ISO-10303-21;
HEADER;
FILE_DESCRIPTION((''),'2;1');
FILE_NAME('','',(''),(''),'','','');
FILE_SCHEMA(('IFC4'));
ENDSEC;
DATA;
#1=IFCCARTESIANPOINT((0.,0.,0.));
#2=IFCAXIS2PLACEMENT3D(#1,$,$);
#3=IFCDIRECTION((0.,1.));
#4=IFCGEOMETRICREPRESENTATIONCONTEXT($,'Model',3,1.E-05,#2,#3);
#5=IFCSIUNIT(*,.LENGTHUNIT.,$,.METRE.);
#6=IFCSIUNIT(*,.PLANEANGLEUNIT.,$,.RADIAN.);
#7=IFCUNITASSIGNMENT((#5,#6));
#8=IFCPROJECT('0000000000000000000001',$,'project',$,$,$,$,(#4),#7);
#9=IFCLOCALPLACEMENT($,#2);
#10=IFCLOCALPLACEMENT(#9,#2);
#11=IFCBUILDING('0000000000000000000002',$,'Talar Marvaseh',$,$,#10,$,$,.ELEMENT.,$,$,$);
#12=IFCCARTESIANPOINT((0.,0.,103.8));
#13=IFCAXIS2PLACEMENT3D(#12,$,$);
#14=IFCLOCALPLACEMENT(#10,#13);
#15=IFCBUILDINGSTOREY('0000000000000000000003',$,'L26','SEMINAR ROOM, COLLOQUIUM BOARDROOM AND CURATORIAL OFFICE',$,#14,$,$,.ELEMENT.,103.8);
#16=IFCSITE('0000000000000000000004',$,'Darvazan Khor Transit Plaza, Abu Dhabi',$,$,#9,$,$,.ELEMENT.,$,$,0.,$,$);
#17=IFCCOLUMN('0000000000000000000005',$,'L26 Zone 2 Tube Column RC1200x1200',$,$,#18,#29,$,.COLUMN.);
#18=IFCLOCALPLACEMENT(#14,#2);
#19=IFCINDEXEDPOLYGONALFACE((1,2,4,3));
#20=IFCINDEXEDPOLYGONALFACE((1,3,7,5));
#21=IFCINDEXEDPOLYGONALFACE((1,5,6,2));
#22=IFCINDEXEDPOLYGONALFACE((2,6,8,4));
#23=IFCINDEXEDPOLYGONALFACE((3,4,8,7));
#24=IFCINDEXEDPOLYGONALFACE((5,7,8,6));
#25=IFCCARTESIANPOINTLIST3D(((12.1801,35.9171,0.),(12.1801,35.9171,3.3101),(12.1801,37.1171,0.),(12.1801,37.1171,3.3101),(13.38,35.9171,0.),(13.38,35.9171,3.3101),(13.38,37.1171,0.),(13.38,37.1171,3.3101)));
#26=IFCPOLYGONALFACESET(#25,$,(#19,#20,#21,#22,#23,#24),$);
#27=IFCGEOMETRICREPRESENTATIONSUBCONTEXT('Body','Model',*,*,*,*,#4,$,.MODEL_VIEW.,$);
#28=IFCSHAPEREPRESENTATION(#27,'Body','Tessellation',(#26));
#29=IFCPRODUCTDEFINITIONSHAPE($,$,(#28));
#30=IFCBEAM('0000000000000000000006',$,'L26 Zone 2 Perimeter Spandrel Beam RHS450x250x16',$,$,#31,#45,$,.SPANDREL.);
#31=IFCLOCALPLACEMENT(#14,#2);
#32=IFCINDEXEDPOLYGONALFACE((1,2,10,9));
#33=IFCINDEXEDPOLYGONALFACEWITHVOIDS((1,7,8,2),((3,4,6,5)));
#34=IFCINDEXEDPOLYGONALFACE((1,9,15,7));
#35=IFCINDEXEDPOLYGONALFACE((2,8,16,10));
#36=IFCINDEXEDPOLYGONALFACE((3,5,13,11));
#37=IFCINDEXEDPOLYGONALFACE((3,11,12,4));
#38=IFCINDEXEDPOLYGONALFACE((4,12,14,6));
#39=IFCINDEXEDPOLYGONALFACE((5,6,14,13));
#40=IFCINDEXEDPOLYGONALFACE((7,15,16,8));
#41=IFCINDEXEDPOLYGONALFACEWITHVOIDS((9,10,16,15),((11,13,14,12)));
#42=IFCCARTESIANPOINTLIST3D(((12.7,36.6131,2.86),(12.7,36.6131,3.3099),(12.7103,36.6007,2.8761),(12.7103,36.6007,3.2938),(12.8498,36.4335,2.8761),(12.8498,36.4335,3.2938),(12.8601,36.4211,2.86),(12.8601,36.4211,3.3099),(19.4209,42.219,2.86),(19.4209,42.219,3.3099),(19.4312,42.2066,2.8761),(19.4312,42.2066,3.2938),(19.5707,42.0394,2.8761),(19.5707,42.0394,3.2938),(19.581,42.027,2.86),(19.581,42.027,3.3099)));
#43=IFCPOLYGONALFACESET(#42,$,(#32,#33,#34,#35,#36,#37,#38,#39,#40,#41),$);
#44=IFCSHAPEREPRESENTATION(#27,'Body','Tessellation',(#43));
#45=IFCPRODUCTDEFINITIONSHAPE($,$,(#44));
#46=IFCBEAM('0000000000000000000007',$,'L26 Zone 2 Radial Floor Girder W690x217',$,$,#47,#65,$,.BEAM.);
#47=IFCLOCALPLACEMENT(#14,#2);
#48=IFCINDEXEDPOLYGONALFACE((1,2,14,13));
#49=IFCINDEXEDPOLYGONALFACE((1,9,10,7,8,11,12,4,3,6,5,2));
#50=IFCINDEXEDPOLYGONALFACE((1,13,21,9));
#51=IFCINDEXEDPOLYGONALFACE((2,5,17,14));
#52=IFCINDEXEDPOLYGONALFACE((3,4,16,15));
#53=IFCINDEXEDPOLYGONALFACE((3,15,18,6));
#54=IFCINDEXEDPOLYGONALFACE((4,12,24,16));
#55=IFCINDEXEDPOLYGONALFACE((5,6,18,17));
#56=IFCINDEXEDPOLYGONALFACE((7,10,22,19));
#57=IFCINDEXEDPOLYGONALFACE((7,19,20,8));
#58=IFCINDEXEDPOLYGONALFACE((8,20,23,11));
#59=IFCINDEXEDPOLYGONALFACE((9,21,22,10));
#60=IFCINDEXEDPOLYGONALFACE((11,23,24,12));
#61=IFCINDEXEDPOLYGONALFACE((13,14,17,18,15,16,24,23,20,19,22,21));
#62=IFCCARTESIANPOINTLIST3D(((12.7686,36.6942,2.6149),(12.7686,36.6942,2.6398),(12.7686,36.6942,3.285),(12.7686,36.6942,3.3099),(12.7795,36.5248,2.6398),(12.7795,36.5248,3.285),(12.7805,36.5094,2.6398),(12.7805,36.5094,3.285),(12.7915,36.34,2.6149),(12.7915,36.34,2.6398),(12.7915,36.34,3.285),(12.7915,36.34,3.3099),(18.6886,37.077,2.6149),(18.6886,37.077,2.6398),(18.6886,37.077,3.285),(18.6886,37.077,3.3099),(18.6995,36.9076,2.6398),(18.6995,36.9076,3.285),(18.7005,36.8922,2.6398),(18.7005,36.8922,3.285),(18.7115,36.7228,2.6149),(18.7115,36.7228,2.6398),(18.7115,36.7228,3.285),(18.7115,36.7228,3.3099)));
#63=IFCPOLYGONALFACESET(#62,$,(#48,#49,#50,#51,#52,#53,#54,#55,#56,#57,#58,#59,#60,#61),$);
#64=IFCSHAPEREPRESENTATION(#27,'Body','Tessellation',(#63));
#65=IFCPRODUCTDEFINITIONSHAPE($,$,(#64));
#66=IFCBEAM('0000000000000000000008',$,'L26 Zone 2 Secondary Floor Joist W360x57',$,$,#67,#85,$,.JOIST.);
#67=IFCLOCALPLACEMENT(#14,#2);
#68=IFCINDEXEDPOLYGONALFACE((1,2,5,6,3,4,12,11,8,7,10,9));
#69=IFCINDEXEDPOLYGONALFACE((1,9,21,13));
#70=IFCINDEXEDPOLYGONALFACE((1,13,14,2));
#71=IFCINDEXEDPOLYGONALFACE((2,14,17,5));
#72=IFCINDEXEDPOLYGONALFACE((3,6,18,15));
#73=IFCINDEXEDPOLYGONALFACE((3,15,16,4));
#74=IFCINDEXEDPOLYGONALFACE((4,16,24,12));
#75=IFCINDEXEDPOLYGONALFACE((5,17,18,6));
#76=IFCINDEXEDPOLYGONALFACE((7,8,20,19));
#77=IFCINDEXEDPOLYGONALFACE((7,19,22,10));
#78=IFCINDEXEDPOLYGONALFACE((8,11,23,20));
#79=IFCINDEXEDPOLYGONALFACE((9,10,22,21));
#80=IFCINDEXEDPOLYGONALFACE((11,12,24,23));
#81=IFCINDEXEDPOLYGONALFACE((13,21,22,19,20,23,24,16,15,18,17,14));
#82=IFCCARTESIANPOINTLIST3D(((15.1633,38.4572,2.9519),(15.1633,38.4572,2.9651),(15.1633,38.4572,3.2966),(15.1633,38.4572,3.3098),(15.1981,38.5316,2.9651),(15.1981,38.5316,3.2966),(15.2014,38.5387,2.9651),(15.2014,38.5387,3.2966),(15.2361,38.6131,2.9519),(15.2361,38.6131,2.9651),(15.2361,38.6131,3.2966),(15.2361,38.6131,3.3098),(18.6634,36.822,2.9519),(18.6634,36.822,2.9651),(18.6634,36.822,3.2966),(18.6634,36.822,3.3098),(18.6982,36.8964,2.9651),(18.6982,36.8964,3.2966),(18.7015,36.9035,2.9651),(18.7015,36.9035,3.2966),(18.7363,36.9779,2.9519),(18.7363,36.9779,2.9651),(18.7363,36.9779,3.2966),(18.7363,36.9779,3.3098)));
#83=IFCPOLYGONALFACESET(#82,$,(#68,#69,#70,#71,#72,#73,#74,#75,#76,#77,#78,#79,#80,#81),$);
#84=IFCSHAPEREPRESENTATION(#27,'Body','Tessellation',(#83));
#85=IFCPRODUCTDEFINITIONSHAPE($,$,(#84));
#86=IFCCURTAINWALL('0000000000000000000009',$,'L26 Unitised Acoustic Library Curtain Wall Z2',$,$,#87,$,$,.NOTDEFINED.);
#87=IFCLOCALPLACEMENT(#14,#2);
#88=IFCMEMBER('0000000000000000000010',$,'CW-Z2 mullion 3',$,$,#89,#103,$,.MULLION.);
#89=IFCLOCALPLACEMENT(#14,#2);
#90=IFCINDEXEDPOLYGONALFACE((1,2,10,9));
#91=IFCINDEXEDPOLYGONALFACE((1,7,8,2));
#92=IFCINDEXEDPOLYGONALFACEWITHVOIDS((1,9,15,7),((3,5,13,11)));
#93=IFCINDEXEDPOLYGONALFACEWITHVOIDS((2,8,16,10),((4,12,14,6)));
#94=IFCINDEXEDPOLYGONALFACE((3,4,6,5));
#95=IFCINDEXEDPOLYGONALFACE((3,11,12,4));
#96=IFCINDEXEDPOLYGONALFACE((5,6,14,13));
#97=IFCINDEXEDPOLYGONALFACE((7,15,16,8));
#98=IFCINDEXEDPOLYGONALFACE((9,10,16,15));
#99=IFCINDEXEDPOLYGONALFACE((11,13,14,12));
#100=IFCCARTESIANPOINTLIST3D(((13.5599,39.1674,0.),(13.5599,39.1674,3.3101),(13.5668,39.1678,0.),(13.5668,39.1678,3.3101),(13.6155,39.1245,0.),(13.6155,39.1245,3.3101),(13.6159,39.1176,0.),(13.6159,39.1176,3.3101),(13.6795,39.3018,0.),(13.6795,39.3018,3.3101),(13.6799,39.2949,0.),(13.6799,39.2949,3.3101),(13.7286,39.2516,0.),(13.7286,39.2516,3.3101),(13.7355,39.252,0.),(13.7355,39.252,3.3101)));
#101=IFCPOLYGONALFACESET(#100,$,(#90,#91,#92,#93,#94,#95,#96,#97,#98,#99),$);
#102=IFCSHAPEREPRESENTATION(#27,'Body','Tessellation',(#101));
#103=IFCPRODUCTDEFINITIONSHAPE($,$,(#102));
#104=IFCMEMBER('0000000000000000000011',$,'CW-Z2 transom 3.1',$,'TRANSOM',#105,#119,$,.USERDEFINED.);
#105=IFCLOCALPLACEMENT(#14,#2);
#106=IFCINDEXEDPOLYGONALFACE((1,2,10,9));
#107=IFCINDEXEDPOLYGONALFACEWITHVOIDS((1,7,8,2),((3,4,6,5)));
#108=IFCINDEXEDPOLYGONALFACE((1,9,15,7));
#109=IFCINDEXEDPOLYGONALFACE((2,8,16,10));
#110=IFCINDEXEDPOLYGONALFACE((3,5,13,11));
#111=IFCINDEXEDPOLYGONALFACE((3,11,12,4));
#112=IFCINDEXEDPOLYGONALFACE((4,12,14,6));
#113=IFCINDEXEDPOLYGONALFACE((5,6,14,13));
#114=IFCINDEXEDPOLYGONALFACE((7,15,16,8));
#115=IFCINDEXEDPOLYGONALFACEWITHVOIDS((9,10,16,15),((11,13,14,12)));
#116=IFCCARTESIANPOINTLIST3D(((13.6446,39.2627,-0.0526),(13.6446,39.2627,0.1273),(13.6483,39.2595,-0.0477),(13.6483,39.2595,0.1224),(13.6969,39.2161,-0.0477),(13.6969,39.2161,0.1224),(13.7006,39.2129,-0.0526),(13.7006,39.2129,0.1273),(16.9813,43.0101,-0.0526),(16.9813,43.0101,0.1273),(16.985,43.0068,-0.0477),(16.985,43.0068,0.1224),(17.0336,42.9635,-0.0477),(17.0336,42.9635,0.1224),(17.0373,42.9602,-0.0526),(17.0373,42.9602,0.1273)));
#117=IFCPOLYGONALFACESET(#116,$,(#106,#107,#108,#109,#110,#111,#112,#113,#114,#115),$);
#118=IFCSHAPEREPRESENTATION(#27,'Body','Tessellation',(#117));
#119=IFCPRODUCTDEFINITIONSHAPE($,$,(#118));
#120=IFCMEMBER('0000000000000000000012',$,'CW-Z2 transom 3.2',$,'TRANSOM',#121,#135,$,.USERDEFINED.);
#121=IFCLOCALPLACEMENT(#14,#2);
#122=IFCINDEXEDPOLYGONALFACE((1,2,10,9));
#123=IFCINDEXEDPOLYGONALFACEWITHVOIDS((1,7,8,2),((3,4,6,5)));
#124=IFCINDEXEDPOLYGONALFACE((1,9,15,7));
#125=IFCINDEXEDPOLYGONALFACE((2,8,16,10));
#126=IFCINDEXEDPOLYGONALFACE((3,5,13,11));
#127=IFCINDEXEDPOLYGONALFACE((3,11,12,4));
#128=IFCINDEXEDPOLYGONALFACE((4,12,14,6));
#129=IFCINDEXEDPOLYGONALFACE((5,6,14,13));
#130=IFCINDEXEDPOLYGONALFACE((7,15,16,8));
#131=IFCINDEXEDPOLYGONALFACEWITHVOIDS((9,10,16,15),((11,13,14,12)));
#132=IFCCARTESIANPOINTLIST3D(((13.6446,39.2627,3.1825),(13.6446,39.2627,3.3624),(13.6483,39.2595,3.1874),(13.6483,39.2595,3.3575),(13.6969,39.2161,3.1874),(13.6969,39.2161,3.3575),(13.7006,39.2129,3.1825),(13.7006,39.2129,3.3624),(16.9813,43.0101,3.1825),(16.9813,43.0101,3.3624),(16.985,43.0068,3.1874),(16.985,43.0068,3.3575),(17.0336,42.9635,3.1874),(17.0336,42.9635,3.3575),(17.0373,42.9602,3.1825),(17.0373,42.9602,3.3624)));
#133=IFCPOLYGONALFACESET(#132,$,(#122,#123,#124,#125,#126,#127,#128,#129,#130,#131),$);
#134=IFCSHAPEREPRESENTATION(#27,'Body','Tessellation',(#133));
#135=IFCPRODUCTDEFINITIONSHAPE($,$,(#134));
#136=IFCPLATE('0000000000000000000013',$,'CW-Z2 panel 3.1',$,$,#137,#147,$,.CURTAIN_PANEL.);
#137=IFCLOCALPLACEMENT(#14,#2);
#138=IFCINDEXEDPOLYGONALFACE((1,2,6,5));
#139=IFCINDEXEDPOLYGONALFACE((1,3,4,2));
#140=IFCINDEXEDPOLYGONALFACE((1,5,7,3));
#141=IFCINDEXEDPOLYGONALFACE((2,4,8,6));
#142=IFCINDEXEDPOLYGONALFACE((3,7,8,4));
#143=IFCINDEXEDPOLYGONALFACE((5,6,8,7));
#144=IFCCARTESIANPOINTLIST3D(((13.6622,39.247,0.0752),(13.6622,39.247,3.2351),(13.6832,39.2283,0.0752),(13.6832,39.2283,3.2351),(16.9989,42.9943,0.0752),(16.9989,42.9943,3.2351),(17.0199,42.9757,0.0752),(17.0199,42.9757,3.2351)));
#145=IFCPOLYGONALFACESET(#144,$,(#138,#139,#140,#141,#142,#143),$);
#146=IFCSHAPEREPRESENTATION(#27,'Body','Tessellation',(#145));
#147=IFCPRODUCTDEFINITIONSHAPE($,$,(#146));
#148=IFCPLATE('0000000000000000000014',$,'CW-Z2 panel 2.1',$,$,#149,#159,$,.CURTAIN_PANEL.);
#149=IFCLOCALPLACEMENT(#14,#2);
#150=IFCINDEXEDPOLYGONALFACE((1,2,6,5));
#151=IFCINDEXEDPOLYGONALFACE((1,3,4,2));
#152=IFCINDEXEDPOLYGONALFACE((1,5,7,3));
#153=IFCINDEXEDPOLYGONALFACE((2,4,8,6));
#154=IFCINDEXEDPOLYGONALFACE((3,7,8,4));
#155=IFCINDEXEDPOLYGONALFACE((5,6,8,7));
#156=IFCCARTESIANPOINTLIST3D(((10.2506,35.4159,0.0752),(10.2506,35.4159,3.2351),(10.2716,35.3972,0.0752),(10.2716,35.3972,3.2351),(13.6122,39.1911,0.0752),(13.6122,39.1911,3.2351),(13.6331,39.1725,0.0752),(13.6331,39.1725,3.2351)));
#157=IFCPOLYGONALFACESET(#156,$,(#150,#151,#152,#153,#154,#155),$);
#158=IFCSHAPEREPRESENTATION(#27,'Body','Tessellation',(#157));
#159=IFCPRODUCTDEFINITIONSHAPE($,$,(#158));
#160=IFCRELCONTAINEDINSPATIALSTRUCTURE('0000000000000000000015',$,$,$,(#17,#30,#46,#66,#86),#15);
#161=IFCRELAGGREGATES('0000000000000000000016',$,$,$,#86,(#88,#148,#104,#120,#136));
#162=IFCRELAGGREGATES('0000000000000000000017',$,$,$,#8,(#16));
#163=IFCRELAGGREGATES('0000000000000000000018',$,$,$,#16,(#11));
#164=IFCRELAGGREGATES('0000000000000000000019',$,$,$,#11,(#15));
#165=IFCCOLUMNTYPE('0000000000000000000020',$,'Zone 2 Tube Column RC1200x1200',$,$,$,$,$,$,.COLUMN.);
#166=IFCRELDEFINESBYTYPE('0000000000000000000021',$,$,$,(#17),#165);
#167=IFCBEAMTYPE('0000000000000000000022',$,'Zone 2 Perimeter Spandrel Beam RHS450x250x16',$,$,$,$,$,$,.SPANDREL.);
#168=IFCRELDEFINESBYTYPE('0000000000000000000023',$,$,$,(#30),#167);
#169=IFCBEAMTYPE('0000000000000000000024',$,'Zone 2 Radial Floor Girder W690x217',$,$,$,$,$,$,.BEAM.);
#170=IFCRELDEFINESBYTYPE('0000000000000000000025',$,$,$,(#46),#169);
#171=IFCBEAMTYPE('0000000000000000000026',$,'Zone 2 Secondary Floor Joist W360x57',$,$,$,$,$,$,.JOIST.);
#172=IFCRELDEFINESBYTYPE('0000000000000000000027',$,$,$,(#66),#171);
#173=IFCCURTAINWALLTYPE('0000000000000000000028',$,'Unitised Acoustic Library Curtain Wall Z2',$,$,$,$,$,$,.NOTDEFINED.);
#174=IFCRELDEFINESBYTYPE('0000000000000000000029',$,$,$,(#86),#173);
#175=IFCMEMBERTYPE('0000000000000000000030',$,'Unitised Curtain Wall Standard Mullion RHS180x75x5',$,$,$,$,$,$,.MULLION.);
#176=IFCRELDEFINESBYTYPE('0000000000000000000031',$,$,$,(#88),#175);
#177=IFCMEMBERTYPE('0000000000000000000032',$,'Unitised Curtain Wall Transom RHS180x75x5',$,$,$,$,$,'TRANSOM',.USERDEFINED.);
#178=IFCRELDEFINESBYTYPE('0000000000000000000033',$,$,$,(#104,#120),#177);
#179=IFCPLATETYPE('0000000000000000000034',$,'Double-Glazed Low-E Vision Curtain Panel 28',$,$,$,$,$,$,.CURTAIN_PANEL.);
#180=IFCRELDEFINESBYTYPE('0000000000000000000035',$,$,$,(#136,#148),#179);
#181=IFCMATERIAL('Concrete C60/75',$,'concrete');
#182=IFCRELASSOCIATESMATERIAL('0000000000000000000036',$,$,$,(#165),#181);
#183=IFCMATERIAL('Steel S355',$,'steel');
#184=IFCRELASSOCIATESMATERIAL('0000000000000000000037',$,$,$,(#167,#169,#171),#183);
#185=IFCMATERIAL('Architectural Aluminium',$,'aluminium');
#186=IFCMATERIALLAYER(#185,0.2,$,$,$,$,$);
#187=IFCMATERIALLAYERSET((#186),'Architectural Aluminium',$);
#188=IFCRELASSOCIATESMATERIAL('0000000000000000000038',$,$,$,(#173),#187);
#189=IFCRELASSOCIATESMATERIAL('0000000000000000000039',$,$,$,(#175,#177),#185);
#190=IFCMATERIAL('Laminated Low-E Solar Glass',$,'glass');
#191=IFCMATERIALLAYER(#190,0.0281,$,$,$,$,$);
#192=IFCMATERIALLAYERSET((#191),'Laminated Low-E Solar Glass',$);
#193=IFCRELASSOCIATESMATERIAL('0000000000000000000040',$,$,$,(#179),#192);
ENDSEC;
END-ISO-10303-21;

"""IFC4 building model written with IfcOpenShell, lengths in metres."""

from ifc_helpers import new_model, si_unit, direction, frame, origin, origin_2d, place, context, subcontext, project, spatial, rectangle, hollow_rectangle, i_section, extrude, source, transform, mapped, material, layer, layer_set, material_profile, profile_set, type_object, type_shapes, element, aggregate, save


model = new_model("IFC4")

# Units and contexts
model_context = context("Model", 3, precision=1e-05, world=origin(), true_north=direction((0.0, 1.0)))
body_context = subcontext(model_context, "Body", "Model", "MODEL_VIEW")
ifc_project = project(units=[si_unit("LENGTHUNIT", "METRE"), si_unit("PLANEANGLEUNIT", "RADIAN")], contexts=[model_context])

# Site, building, storey
site_placement = place(None, origin())
site = spatial("IfcSite", under=ifc_project, at=site_placement, Name="Darvazan Khor Transit Plaza, Abu Dhabi", CompositionType="ELEMENT", RefElevation=0.0)
building_placement = place(site_placement, origin())
building = spatial("IfcBuilding", under=site, at=building_placement, Name="Talar Marvaseh", CompositionType="ELEMENT")
storey_placement = place(building_placement, frame((0.0, 0.0, 103.8)))
storey = spatial("IfcBuildingStorey", under=building, at=storey_placement, Name="L26", Description="SEMINAR ROOM, COLLOQUIUM BOARDROOM AND CURATORIAL OFFICE", CompositionType="ELEMENT", Elevation=103.8)

# Column
ifc_material_1 = material(Name="Concrete C60/75", Category="concrete")
ifc_material_profile_1 = material_profile(ifc_material_1, rectangle(XDim=1.2, YDim=1.2, at=origin_2d()), Name="RC1200x1200")
ifc_profile_set_1 = profile_set([ifc_material_profile_1], Name="Concrete C60/75")
column_type = type_object("IfcColumnType", Name="Zone 2 Tube Column RC1200x1200", PredefinedType="COLUMN", material=ifc_profile_set_1)
column_placement = place(storey_placement, frame((12.78, 36.5171, 0.0), z_axis=(0.0, 0.0, 1.0), x_axis=(1.0, 0.0, 0.0)))
element("IfcColumn", 1, at=column_placement, inside=storey, type_object=column_type, Name="L26 Zone 2 Tube Column RC1200x1200", PredefinedType="COLUMN", context=body_context, shape_type="SweptSolid", body=[
    extrude(rectangle(XDim=1.2, YDim=1.2, at=origin_2d()), origin(), (0.0, 0.0, 1.0), 3.3101),
])

# Beams
ifc_material_2 = material(Name="Steel S355", Category="steel")
ifc_material_profile_2 = material_profile(ifc_material_2, hollow_rectangle(XDim=0.25, YDim=0.45, WallThickness=0.0161, at=origin_2d()), Name="RHS450x250x16")
ifc_profile_set_2 = profile_set([ifc_material_profile_2], Name="Steel S355")
beam_type_1 = type_object("IfcBeamType", Name="Zone 2 Perimeter Spandrel Beam RHS450x250x16", PredefinedType="SPANDREL", material=ifc_profile_set_2)
beam_1_placement = place(storey_placement, frame((12.78, 36.5171, 3.085), z_axis=(0.767931, 0.640533, 0.0), x_axis=(-0.640533, 0.767931, 0.0)))
element("IfcBeam", 2, at=beam_1_placement, inside=storey, type_object=beam_type_1, Name="L26 Zone 2 Perimeter Spandrel Beam RHS450x250x16", PredefinedType="SPANDREL", context=body_context, shape_type="SweptSolid", body=[
    extrude(hollow_rectangle(XDim=0.25, YDim=0.45, WallThickness=0.0161, at=origin_2d()), origin(), (0.0, 0.0, 1.0), 8.752),
])
ifc_material_profile_3 = material_profile(ifc_material_2, i_section(OverallWidth=0.355, OverallDepth=0.6951, WebThickness=0.0154, FlangeThickness=0.0249, at=origin_2d()), Name="W690x217")
ifc_profile_set_3 = profile_set([ifc_material_profile_3], Name="Steel S355")
beam_type_2 = type_object("IfcBeamType", Name="Zone 2 Radial Floor Girder W690x217", PredefinedType="BEAM", material=ifc_profile_set_3)
beam_2_placement = place(storey_placement, frame((12.78, 36.5171, 2.9624), z_axis=(0.997916, 0.06453, 0.0), x_axis=(-0.06453, 0.997916, 0.0)))
element("IfcBeam", 3, at=beam_2_placement, inside=storey, type_object=beam_type_2, Name="L26 Zone 2 Radial Floor Girder W690x217", PredefinedType="BEAM", context=body_context, shape_type="SweptSolid", body=[
    extrude(i_section(OverallWidth=0.355, OverallDepth=0.6951, WebThickness=0.0154, FlangeThickness=0.0249, at=origin_2d()), origin(), (0.0, 0.0, 1.0), 5.9324),
])
ifc_material_profile_4 = material_profile(ifc_material_2, i_section(OverallWidth=0.1721, OverallDepth=0.3579, WebThickness=0.0078, FlangeThickness=0.0132, at=origin_2d()), Name="W360x57")
ifc_profile_set_4 = profile_set([ifc_material_profile_4], Name="Steel S355")
beam_type_3 = type_object("IfcBeamType", Name="Zone 2 Secondary Floor Joist W360x57", PredefinedType="JOIST", material=ifc_profile_set_4)
beam_3_placement = place(storey_placement, frame((15.1997, 38.5352, 3.1309), z_axis=(0.906004, -0.423269, 0.0), x_axis=(0.423269, 0.906004, 0.0)))
element("IfcBeam", 4, at=beam_3_placement, inside=storey, type_object=beam_type_3, Name="L26 Zone 2 Secondary Floor Joist W360x57", PredefinedType="JOIST", context=body_context, shape_type="SweptSolid", body=[
    extrude(i_section(OverallWidth=0.1721, OverallDepth=0.3579, WebThickness=0.0078, FlangeThickness=0.0132, at=origin_2d()), origin(), (0.0, 0.0, 1.0), 3.8633),
])

# Curtain wall, members, plates
ifc_material_3 = material(Name="Architectural Aluminium", Category="aluminium")
ifc_layer_1 = layer(ifc_material_3, 0.2)
ifc_layer_set_1 = layer_set([ifc_layer_1], Name="Architectural Aluminium")
curtain_wall_type = type_object("IfcCurtainWallType", Name="Unitised Acoustic Library Curtain Wall Z2", PredefinedType="NOTDEFINED", material=ifc_layer_set_1)
curtain_wall_placement = place(storey_placement, origin())
curtain_wall = element("IfcCurtainWall", 5, at=curtain_wall_placement, inside=storey, type_object=curtain_wall_type, Name="L26 Unitised Acoustic Library Curtain Wall Z2", PredefinedType="NOTDEFINED")
ifc_material_profile_5 = material_profile(ifc_material_3, hollow_rectangle(XDim=0.075, YDim=0.1799, WallThickness=0.0049, at=origin_2d()), Name="RHS180x75x5")
ifc_profile_set_5 = profile_set([ifc_material_profile_5], Name="Architectural Aluminium")
member_type_1 = type_object("IfcMemberType", Name="Unitised Curtain Wall Standard Mullion RHS180x75x5", PredefinedType="MULLION", material=ifc_profile_set_5)
shared_shape_1 = source(origin(), body_context, "Body", "SweptSolid", [
    extrude(hollow_rectangle(XDim=0.075, YDim=0.1799, WallThickness=0.0049, at=origin_2d()), origin(), (0.0, 0.0, 1.0), 3.3101),
])
type_shapes(member_type_1, [shared_shape_1])
member_1_placement = place(storey_placement, frame((13.6477, 39.2097, 0.0), z_axis=(0.0, 0.0, 1.0), x_axis=(-0.746844, 0.664999, 0.0)))
member_1 = element("IfcMember", 6, at=member_1_placement, type_object=member_type_1, Name="CW-Z2 mullion 3", PredefinedType="MULLION", context=body_context, shape_type="MappedRepresentation", body=[
    mapped(shared_shape_1, transform((0.0, 0.0, 0.0), x_axis=(1.0, 0.0, 0.0), y_axis=(0.0, 1.0, 0.0), z_axis=(0.0, 0.0, 1.0), scale=1.0)),
])
ifc_material_profile_6 = material_profile(ifc_material_3, hollow_rectangle(XDim=0.075, YDim=0.1799, WallThickness=0.0049, at=origin_2d()), Name="RHS180x75x5")
ifc_profile_set_6 = profile_set([ifc_material_profile_6], Name="Architectural Aluminium")
member_type_2 = type_object("IfcMemberType", Name="Unitised Curtain Wall Transom RHS180x75x5", ElementType="TRANSOM", PredefinedType="USERDEFINED", material=ifc_profile_set_6)
shared_shape_2 = source(origin(), body_context, "Body", "SweptSolid", [
    extrude(hollow_rectangle(XDim=0.075, YDim=0.1799, WallThickness=0.0049, at=origin_2d()), origin(), (0.0, 0.0, 1.0), 5.0176),
])
type_shapes(member_type_2, [shared_shape_2])
member_2_placement = place(storey_placement, frame((13.6726, 39.2378, 0.0374), z_axis=(0.665001, 0.746843, 0.0), x_axis=(-0.746843, 0.665001, 0.0)))
member_2 = element("IfcMember", 7, at=member_2_placement, type_object=member_type_2, Name="CW-Z2 transom 3.1", ObjectType="TRANSOM", PredefinedType="USERDEFINED", context=body_context, shape_type="MappedRepresentation", body=[
    mapped(shared_shape_2, transform((0.0, 0.0, 0.0), x_axis=(1.0, 0.0, 0.0), y_axis=(0.0, 1.0, 0.0), z_axis=(0.0, 0.0, 1.0), scale=1.0)),
])
member_3_placement = place(storey_placement, frame((13.6726, 39.2378, 3.2725), z_axis=(0.665001, 0.746843, 0.0), x_axis=(-0.746843, 0.665001, 0.0)))
member_3 = element("IfcMember", 8, at=member_3_placement, type_object=member_type_2, Name="CW-Z2 transom 3.2", ObjectType="TRANSOM", PredefinedType="USERDEFINED", context=body_context, shape_type="MappedRepresentation", body=[
    mapped(shared_shape_2, transform((0.0, 0.0, 0.0), x_axis=(1.0, 0.0, 0.0), y_axis=(0.0, 1.0, 0.0), z_axis=(0.0, 0.0, 1.0), scale=1.0)),
])
ifc_material_4 = material(Name="Laminated Low-E Solar Glass", Category="glass")
ifc_layer_2 = layer(ifc_material_4, 0.0281)
ifc_layer_set_2 = layer_set([ifc_layer_2], Name="Laminated Low-E Solar Glass")
plate_type = type_object("IfcPlateType", Name="Double-Glazed Low-E Vision Curtain Panel 28", PredefinedType="CURTAIN_PANEL", material=ifc_layer_set_2)
shared_shape_3 = source(origin(), body_context, "Body", "SweptSolid", [
    extrude(rectangle(XDim=5.0176, YDim=0.0281, at=origin_2d()), origin(), (0.0, 0.0, 1.0), 3.1599),
])
plate_1_placement = place(storey_placement, frame((15.3411, 41.1113, 0.0752), z_axis=(0.0, 0.0, 1.0), x_axis=(0.664999, 0.746844, 0.0)))
plate_1 = element("IfcPlate", 9, at=plate_1_placement, type_object=plate_type, Name="CW-Z2 panel 3.1", PredefinedType="CURTAIN_PANEL", context=body_context, shape_type="MappedRepresentation", body=[
    mapped(shared_shape_3, transform((0.0, 0.0, 0.0), x_axis=(1.0, 0.0, 0.0), y_axis=(0.0, 1.0, 0.0), z_axis=(0.0, 0.0, 1.0), scale=1.0)),
])
shared_shape_4 = source(origin(), body_context, "Body", "SweptSolid", [
    extrude(rectangle(XDim=5.0549, YDim=0.0281, at=origin_2d()), origin(), (0.0, 0.0, 1.0), 3.1599),
])
type_shapes(plate_type, [shared_shape_3, shared_shape_4])
plate_2_placement = place(storey_placement, frame((11.9419, 37.2942, 0.0752), z_axis=(0.0, 0.0, 1.0), x_axis=(0.664999, 0.746844, 0.0)))
plate_2 = element("IfcPlate", 10, at=plate_2_placement, type_object=plate_type, Name="CW-Z2 panel 2.1", PredefinedType="CURTAIN_PANEL", context=body_context, shape_type="MappedRepresentation", body=[
    mapped(shared_shape_4, transform((0.0, 0.0, 0.0), x_axis=(1.0, 0.0, 0.0), y_axis=(0.0, 1.0, 0.0), z_axis=(0.0, 0.0, 1.0), scale=1.0)),
])
aggregate(curtain_wall, [member_1, plate_2, member_2, member_3, plate_1])

save(model, "model.ifc")
